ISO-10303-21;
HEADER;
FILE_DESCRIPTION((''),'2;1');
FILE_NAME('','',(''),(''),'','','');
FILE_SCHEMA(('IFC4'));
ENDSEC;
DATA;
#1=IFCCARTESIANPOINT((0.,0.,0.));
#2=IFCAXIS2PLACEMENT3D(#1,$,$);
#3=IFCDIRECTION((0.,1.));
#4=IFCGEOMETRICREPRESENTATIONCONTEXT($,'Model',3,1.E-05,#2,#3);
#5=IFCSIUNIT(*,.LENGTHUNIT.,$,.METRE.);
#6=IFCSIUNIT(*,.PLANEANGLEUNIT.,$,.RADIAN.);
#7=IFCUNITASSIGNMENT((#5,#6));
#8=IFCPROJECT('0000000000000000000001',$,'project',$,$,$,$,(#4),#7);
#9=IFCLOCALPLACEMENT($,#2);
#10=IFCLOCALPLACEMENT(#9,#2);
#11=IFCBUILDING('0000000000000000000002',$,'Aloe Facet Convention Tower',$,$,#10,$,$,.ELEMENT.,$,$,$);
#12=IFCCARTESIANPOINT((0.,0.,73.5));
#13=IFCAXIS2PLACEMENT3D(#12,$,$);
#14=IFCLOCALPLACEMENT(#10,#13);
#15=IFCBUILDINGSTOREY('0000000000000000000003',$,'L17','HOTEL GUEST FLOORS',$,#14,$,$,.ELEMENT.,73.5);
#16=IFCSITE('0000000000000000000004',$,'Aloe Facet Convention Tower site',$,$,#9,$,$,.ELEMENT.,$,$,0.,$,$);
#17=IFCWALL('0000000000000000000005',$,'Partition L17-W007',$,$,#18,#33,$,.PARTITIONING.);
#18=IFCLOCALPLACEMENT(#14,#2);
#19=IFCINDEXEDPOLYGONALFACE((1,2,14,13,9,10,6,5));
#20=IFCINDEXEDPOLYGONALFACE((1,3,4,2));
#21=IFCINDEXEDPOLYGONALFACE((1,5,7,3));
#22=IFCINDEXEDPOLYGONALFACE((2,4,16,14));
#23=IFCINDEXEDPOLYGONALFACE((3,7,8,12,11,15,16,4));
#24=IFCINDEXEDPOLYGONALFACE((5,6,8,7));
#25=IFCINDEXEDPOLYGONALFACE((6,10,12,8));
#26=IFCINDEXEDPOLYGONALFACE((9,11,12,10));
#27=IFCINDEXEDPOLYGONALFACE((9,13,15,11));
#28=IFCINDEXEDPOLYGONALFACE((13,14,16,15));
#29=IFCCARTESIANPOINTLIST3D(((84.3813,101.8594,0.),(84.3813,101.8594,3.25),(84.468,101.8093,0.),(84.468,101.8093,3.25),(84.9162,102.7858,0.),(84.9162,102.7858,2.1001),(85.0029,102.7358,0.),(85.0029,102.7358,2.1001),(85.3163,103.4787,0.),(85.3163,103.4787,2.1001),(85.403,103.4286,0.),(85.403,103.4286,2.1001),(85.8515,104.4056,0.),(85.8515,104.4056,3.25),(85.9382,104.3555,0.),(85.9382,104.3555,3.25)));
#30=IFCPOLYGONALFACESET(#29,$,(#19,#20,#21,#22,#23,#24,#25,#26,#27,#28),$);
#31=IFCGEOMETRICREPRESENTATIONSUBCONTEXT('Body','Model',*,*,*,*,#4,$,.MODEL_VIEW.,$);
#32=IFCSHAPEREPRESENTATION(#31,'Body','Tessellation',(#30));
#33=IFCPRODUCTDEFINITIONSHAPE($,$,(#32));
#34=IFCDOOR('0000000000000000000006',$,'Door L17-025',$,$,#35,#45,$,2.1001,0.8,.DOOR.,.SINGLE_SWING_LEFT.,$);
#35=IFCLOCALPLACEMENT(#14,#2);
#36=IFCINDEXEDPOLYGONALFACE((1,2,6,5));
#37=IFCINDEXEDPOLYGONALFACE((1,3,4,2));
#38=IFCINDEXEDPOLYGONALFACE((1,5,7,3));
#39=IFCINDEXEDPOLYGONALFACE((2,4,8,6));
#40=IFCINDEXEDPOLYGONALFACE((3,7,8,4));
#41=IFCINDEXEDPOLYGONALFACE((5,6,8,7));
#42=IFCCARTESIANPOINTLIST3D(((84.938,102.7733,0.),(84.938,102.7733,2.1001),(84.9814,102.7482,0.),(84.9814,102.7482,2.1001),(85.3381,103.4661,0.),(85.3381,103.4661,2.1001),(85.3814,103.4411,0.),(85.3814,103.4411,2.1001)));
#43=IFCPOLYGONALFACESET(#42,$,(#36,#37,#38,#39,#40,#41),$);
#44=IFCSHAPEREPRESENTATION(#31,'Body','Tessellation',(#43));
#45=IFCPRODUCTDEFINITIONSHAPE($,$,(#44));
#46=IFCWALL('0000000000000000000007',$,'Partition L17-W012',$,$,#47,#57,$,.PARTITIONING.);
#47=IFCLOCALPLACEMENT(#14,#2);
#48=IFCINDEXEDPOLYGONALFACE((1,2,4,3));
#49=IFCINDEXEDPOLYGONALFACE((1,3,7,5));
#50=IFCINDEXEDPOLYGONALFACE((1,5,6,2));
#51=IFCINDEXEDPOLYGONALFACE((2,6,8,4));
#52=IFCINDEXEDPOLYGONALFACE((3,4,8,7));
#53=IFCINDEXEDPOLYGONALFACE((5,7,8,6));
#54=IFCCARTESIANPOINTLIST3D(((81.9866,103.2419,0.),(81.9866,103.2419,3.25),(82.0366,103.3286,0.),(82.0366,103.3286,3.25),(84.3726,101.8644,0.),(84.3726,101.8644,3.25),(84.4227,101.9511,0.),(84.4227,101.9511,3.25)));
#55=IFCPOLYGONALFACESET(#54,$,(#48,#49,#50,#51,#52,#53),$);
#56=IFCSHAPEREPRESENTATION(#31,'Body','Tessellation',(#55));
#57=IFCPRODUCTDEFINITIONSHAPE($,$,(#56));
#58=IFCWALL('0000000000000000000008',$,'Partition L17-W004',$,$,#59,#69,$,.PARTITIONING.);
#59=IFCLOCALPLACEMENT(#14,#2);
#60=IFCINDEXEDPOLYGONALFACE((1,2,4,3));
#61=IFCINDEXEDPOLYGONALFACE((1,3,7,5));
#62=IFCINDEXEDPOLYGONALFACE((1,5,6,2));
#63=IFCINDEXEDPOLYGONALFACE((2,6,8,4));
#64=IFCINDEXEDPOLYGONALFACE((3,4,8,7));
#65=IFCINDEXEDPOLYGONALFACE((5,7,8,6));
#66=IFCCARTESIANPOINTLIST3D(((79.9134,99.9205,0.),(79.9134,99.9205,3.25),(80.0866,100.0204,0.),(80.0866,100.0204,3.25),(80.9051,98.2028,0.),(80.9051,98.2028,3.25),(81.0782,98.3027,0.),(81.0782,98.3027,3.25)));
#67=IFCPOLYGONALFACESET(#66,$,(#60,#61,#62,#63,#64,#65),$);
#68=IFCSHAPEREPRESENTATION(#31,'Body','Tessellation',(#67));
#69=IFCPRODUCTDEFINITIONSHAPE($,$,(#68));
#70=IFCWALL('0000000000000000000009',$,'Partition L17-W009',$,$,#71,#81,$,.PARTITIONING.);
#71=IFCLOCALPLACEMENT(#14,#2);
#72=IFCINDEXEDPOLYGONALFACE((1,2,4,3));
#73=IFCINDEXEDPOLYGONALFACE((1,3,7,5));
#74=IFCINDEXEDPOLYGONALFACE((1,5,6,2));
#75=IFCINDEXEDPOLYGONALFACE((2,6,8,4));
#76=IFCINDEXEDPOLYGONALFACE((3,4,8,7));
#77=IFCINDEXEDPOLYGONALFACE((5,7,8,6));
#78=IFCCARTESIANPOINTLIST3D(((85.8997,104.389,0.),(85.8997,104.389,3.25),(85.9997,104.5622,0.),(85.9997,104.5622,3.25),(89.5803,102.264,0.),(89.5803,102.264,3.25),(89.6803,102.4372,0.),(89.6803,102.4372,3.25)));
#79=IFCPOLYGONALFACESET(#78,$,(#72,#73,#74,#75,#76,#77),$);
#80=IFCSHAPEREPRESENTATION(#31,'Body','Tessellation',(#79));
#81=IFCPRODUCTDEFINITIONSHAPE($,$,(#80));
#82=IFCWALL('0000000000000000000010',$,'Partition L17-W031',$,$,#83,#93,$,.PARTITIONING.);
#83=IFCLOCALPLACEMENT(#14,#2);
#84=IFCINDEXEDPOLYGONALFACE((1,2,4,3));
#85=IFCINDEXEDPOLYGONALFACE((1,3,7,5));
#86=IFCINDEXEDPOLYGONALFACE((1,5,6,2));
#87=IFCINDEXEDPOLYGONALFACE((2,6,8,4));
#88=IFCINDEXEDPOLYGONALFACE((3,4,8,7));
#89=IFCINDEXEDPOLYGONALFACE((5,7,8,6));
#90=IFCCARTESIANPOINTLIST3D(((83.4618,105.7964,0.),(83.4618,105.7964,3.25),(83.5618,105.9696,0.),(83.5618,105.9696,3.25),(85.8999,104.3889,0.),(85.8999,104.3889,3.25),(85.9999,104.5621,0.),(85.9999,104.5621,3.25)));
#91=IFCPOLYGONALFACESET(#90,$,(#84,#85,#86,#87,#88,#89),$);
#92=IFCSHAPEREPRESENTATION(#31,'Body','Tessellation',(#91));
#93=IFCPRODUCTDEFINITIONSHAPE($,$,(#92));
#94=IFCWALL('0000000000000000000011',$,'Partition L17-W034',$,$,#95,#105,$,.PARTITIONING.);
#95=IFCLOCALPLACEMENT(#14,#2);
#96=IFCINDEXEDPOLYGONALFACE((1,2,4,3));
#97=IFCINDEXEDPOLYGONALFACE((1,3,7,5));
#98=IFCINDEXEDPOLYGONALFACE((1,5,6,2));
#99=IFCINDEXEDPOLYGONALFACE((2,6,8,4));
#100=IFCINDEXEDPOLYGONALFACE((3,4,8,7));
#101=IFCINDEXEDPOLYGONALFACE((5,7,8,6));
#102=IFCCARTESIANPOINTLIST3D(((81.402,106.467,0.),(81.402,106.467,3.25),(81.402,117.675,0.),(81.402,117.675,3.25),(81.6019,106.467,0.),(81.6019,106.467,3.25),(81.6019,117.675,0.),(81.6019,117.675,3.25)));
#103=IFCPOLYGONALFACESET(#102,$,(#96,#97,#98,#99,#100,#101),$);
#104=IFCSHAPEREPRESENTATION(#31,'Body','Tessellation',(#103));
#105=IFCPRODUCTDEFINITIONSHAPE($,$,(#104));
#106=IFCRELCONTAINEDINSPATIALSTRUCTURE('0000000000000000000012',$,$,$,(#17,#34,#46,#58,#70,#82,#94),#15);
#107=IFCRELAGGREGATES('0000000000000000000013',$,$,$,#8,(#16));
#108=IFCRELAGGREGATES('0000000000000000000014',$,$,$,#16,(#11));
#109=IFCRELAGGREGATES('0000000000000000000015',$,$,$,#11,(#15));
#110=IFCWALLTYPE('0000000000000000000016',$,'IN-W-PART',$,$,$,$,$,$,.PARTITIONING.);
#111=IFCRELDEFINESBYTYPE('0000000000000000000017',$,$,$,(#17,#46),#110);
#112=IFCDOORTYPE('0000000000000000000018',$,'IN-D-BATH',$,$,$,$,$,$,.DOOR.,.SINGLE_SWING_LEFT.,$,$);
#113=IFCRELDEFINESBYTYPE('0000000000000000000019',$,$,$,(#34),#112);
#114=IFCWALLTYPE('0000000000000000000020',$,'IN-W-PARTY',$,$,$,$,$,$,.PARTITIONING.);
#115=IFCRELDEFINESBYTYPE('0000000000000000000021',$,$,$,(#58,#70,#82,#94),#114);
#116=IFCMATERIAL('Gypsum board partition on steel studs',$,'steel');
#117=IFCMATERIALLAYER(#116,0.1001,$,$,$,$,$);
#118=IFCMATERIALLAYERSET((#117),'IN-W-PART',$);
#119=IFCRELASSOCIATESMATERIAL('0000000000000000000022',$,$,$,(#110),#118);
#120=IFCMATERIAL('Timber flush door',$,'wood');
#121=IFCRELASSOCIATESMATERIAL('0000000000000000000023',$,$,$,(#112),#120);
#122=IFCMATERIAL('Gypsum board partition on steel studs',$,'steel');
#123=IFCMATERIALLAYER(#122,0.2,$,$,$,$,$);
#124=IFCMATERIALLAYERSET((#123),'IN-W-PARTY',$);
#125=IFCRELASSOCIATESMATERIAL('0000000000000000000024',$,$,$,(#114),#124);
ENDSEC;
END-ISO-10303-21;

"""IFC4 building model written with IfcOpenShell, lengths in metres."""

from ifc_helpers import new_model, si_unit, direction, frame, frame_2d, origin, place, context, subcontext, project, spatial, rectangle, extrude, material, layer, layer_set, type_object, element, fill, save


model = new_model("IFC4")

# Units and contexts
model_context = context("Model", 3, precision=1e-05, world=origin(), true_north=direction((0.0, 1.0)))
body_context = subcontext(model_context, "Body", "Model", "MODEL_VIEW")
ifc_project = project(units=[si_unit("LENGTHUNIT", "METRE"), si_unit("PLANEANGLEUNIT", "RADIAN")], contexts=[model_context])

# Site, building, storey
site_placement = place(None, origin())
site = spatial("IfcSite", under=ifc_project, at=site_placement, Name="Aloe Facet Convention Tower site", CompositionType="ELEMENT", RefElevation=0.0)
building_placement = place(site_placement, origin())
building = spatial("IfcBuilding", under=site, at=building_placement, Name="Aloe Facet Convention Tower", CompositionType="ELEMENT")
storey_placement = place(building_placement, frame((0.0, 0.0, 73.5)))
storey = spatial("IfcBuildingStorey", under=building, at=storey_placement, Name="L17", Description="HOTEL GUEST FLOORS", CompositionType="ELEMENT", Elevation=73.5)

# Wall, opening, door
ifc_material_1 = material(Name="Gypsum board partition on steel studs", Category="steel")
ifc_layer_1 = layer(ifc_material_1, 0.1001)
ifc_layer_set_1 = layer_set([ifc_layer_1], Name="IN-W-PART")
wall_type_1 = type_object("IfcWallType", Name="IN-W-PART", PredefinedType="PARTITIONING", material=ifc_layer_set_1)
wall_1_placement = place(storey_placement, frame((84.4246, 101.8342, 0.0), z_axis=(0.0, 0.0, 1.0), x_axis=(0.500051, 0.865996, 0.0)))
wall_1 = element("IfcWall", 1, at=wall_1_placement, inside=storey, type_object=wall_type_1, Name="Partition L17-W007", PredefinedType="PARTITIONING", context=body_context, shape_type="SweptSolid", body=[
    extrude(rectangle(XDim=2.9402, YDim=0.1001, at=frame_2d((1.4702, 0.0))), origin(), (0.0, 0.0, 1.0), 3.25),
])
opening_1_placement = place(wall_1_placement, frame((1.0701, 0.0, 0.0)))
opening_1 = element("IfcOpeningElement", 2, at=opening_1_placement, cuts=wall_1, PredefinedType="OPENING", context=body_context, shape_type="SweptSolid", body=[
    extrude(rectangle(XDim=0.8, YDim=2.1001, at=frame_2d((0.3999, 1.05))), frame((0.0, 0.0601, 0.0), z_axis=(0.0, -1.0, 0.0), x_axis=(1.0, 0.0, 0.0)), (0.0, 0.0, 1.0), 0.1201),
])
ifc_material_2 = material(Name="Timber flush door", Category="wood")
door_type_1 = type_object("IfcDoorType", Name="IN-D-BATH", OperationType="SINGLE_SWING_LEFT", PredefinedType="DOOR", material=ifc_material_2)
door_1_placement = place(opening_1_placement, origin())
door_1 = element("IfcDoor", 3, at=door_1_placement, inside=storey, type_object=door_type_1, Name="Door L17-025", OperationType="SINGLE_SWING_LEFT", OverallHeight=2.1001, OverallWidth=0.8, PredefinedType="DOOR", context=body_context, shape_type="SweptSolid", body=[
    extrude(rectangle(XDim=0.8, YDim=2.1001, at=frame_2d((0.3999, 1.05))), frame((0.0, 0.0249, 0.0), z_axis=(0.0, -1.0, 0.0), x_axis=(1.0, 0.0, 0.0)), (0.0, 0.0, 1.0), 0.05),
])
fill(opening_1, door_1)

# Walls
wall_2_placement = place(storey_placement, frame((82.0117, 103.2852, 0.0), z_axis=(0.0, 0.0, 1.0), x_axis=(0.866042, -0.49997, 0.0)))
element("IfcWall", 4, at=wall_2_placement, inside=storey, type_object=wall_type_1, Name="Partition L17-W012", PredefinedType="PARTITIONING", context=body_context, shape_type="SweptSolid", body=[
    extrude(rectangle(XDim=2.7551, YDim=0.1001, at=frame_2d((1.3774, 0.0))), origin(), (0.0, 0.0, 1.0), 3.25),
])
ifc_material_3 = material(Name="Gypsum board partition on steel studs", Category="steel")
ifc_layer_2 = layer(ifc_material_3, 0.2)
ifc_layer_set_2 = layer_set([ifc_layer_2], Name="IN-W-PARTY")
wall_type_2 = type_object("IfcWallType", Name="IN-W-PARTY", PredefinedType="PARTITIONING", material=ifc_layer_set_2)
wall_3_placement = place(storey_placement, frame((80.0, 99.9705, 0.0), z_axis=(0.0, 0.0, 1.0), x_axis=(0.499978, -0.866038, 0.0)))
element("IfcWall", 5, at=wall_3_placement, inside=storey, type_object=wall_type_2, Name="Partition L17-W004", PredefinedType="PARTITIONING", context=body_context, shape_type="SweptSolid", body=[
    extrude(rectangle(XDim=1.9834, YDim=0.2, at=frame_2d((0.9917, 0.0))), origin(), (0.0, 0.0, 1.0), 3.25),
])
wall_4_placement = place(storey_placement, frame((85.9497, 104.4756, 0.0), z_axis=(0.0, 0.0, 1.0), x_axis=(0.866029, -0.499994, 0.0)))
element("IfcWall", 6, at=wall_4_placement, inside=storey, type_object=wall_type_2, Name="Partition L17-W009", PredefinedType="PARTITIONING", context=body_context, shape_type="SweptSolid", body=[
    extrude(rectangle(XDim=4.25, YDim=0.2, at=frame_2d((2.125, 0.0))), origin(), (0.0, 0.0, 1.0), 3.25),
])
wall_5_placement = place(storey_placement, frame((83.5117, 105.8831, 0.0), z_axis=(0.0, 0.0, 1.0), x_axis=(0.866041, -0.499973, 0.0)))
element("IfcWall", 7, at=wall_5_placement, inside=storey, type_object=wall_type_2, Name="Partition L17-W031", PredefinedType="PARTITIONING", context=body_context, shape_type="SweptSolid", body=[
    extrude(rectangle(XDim=2.8152, YDim=0.2, at=frame_2d((1.4077, 0.0))), origin(), (0.0, 0.0, 1.0), 3.25),
])
wall_6_placement = place(storey_placement, frame((81.502, 106.467, 0.0), z_axis=(0.0, 0.0, 1.0), x_axis=(0.0, 1.0, 0.0)))
element("IfcWall", 8, at=wall_6_placement, inside=storey, type_object=wall_type_2, Name="Partition L17-W034", PredefinedType="PARTITIONING", context=body_context, shape_type="SweptSolid", body=[
    extrude(rectangle(XDim=11.208, YDim=0.2, at=frame_2d((5.604, 0.0))), origin(), (0.0, 0.0, 1.0), 3.25),
])

save(model, "model.ifc")
